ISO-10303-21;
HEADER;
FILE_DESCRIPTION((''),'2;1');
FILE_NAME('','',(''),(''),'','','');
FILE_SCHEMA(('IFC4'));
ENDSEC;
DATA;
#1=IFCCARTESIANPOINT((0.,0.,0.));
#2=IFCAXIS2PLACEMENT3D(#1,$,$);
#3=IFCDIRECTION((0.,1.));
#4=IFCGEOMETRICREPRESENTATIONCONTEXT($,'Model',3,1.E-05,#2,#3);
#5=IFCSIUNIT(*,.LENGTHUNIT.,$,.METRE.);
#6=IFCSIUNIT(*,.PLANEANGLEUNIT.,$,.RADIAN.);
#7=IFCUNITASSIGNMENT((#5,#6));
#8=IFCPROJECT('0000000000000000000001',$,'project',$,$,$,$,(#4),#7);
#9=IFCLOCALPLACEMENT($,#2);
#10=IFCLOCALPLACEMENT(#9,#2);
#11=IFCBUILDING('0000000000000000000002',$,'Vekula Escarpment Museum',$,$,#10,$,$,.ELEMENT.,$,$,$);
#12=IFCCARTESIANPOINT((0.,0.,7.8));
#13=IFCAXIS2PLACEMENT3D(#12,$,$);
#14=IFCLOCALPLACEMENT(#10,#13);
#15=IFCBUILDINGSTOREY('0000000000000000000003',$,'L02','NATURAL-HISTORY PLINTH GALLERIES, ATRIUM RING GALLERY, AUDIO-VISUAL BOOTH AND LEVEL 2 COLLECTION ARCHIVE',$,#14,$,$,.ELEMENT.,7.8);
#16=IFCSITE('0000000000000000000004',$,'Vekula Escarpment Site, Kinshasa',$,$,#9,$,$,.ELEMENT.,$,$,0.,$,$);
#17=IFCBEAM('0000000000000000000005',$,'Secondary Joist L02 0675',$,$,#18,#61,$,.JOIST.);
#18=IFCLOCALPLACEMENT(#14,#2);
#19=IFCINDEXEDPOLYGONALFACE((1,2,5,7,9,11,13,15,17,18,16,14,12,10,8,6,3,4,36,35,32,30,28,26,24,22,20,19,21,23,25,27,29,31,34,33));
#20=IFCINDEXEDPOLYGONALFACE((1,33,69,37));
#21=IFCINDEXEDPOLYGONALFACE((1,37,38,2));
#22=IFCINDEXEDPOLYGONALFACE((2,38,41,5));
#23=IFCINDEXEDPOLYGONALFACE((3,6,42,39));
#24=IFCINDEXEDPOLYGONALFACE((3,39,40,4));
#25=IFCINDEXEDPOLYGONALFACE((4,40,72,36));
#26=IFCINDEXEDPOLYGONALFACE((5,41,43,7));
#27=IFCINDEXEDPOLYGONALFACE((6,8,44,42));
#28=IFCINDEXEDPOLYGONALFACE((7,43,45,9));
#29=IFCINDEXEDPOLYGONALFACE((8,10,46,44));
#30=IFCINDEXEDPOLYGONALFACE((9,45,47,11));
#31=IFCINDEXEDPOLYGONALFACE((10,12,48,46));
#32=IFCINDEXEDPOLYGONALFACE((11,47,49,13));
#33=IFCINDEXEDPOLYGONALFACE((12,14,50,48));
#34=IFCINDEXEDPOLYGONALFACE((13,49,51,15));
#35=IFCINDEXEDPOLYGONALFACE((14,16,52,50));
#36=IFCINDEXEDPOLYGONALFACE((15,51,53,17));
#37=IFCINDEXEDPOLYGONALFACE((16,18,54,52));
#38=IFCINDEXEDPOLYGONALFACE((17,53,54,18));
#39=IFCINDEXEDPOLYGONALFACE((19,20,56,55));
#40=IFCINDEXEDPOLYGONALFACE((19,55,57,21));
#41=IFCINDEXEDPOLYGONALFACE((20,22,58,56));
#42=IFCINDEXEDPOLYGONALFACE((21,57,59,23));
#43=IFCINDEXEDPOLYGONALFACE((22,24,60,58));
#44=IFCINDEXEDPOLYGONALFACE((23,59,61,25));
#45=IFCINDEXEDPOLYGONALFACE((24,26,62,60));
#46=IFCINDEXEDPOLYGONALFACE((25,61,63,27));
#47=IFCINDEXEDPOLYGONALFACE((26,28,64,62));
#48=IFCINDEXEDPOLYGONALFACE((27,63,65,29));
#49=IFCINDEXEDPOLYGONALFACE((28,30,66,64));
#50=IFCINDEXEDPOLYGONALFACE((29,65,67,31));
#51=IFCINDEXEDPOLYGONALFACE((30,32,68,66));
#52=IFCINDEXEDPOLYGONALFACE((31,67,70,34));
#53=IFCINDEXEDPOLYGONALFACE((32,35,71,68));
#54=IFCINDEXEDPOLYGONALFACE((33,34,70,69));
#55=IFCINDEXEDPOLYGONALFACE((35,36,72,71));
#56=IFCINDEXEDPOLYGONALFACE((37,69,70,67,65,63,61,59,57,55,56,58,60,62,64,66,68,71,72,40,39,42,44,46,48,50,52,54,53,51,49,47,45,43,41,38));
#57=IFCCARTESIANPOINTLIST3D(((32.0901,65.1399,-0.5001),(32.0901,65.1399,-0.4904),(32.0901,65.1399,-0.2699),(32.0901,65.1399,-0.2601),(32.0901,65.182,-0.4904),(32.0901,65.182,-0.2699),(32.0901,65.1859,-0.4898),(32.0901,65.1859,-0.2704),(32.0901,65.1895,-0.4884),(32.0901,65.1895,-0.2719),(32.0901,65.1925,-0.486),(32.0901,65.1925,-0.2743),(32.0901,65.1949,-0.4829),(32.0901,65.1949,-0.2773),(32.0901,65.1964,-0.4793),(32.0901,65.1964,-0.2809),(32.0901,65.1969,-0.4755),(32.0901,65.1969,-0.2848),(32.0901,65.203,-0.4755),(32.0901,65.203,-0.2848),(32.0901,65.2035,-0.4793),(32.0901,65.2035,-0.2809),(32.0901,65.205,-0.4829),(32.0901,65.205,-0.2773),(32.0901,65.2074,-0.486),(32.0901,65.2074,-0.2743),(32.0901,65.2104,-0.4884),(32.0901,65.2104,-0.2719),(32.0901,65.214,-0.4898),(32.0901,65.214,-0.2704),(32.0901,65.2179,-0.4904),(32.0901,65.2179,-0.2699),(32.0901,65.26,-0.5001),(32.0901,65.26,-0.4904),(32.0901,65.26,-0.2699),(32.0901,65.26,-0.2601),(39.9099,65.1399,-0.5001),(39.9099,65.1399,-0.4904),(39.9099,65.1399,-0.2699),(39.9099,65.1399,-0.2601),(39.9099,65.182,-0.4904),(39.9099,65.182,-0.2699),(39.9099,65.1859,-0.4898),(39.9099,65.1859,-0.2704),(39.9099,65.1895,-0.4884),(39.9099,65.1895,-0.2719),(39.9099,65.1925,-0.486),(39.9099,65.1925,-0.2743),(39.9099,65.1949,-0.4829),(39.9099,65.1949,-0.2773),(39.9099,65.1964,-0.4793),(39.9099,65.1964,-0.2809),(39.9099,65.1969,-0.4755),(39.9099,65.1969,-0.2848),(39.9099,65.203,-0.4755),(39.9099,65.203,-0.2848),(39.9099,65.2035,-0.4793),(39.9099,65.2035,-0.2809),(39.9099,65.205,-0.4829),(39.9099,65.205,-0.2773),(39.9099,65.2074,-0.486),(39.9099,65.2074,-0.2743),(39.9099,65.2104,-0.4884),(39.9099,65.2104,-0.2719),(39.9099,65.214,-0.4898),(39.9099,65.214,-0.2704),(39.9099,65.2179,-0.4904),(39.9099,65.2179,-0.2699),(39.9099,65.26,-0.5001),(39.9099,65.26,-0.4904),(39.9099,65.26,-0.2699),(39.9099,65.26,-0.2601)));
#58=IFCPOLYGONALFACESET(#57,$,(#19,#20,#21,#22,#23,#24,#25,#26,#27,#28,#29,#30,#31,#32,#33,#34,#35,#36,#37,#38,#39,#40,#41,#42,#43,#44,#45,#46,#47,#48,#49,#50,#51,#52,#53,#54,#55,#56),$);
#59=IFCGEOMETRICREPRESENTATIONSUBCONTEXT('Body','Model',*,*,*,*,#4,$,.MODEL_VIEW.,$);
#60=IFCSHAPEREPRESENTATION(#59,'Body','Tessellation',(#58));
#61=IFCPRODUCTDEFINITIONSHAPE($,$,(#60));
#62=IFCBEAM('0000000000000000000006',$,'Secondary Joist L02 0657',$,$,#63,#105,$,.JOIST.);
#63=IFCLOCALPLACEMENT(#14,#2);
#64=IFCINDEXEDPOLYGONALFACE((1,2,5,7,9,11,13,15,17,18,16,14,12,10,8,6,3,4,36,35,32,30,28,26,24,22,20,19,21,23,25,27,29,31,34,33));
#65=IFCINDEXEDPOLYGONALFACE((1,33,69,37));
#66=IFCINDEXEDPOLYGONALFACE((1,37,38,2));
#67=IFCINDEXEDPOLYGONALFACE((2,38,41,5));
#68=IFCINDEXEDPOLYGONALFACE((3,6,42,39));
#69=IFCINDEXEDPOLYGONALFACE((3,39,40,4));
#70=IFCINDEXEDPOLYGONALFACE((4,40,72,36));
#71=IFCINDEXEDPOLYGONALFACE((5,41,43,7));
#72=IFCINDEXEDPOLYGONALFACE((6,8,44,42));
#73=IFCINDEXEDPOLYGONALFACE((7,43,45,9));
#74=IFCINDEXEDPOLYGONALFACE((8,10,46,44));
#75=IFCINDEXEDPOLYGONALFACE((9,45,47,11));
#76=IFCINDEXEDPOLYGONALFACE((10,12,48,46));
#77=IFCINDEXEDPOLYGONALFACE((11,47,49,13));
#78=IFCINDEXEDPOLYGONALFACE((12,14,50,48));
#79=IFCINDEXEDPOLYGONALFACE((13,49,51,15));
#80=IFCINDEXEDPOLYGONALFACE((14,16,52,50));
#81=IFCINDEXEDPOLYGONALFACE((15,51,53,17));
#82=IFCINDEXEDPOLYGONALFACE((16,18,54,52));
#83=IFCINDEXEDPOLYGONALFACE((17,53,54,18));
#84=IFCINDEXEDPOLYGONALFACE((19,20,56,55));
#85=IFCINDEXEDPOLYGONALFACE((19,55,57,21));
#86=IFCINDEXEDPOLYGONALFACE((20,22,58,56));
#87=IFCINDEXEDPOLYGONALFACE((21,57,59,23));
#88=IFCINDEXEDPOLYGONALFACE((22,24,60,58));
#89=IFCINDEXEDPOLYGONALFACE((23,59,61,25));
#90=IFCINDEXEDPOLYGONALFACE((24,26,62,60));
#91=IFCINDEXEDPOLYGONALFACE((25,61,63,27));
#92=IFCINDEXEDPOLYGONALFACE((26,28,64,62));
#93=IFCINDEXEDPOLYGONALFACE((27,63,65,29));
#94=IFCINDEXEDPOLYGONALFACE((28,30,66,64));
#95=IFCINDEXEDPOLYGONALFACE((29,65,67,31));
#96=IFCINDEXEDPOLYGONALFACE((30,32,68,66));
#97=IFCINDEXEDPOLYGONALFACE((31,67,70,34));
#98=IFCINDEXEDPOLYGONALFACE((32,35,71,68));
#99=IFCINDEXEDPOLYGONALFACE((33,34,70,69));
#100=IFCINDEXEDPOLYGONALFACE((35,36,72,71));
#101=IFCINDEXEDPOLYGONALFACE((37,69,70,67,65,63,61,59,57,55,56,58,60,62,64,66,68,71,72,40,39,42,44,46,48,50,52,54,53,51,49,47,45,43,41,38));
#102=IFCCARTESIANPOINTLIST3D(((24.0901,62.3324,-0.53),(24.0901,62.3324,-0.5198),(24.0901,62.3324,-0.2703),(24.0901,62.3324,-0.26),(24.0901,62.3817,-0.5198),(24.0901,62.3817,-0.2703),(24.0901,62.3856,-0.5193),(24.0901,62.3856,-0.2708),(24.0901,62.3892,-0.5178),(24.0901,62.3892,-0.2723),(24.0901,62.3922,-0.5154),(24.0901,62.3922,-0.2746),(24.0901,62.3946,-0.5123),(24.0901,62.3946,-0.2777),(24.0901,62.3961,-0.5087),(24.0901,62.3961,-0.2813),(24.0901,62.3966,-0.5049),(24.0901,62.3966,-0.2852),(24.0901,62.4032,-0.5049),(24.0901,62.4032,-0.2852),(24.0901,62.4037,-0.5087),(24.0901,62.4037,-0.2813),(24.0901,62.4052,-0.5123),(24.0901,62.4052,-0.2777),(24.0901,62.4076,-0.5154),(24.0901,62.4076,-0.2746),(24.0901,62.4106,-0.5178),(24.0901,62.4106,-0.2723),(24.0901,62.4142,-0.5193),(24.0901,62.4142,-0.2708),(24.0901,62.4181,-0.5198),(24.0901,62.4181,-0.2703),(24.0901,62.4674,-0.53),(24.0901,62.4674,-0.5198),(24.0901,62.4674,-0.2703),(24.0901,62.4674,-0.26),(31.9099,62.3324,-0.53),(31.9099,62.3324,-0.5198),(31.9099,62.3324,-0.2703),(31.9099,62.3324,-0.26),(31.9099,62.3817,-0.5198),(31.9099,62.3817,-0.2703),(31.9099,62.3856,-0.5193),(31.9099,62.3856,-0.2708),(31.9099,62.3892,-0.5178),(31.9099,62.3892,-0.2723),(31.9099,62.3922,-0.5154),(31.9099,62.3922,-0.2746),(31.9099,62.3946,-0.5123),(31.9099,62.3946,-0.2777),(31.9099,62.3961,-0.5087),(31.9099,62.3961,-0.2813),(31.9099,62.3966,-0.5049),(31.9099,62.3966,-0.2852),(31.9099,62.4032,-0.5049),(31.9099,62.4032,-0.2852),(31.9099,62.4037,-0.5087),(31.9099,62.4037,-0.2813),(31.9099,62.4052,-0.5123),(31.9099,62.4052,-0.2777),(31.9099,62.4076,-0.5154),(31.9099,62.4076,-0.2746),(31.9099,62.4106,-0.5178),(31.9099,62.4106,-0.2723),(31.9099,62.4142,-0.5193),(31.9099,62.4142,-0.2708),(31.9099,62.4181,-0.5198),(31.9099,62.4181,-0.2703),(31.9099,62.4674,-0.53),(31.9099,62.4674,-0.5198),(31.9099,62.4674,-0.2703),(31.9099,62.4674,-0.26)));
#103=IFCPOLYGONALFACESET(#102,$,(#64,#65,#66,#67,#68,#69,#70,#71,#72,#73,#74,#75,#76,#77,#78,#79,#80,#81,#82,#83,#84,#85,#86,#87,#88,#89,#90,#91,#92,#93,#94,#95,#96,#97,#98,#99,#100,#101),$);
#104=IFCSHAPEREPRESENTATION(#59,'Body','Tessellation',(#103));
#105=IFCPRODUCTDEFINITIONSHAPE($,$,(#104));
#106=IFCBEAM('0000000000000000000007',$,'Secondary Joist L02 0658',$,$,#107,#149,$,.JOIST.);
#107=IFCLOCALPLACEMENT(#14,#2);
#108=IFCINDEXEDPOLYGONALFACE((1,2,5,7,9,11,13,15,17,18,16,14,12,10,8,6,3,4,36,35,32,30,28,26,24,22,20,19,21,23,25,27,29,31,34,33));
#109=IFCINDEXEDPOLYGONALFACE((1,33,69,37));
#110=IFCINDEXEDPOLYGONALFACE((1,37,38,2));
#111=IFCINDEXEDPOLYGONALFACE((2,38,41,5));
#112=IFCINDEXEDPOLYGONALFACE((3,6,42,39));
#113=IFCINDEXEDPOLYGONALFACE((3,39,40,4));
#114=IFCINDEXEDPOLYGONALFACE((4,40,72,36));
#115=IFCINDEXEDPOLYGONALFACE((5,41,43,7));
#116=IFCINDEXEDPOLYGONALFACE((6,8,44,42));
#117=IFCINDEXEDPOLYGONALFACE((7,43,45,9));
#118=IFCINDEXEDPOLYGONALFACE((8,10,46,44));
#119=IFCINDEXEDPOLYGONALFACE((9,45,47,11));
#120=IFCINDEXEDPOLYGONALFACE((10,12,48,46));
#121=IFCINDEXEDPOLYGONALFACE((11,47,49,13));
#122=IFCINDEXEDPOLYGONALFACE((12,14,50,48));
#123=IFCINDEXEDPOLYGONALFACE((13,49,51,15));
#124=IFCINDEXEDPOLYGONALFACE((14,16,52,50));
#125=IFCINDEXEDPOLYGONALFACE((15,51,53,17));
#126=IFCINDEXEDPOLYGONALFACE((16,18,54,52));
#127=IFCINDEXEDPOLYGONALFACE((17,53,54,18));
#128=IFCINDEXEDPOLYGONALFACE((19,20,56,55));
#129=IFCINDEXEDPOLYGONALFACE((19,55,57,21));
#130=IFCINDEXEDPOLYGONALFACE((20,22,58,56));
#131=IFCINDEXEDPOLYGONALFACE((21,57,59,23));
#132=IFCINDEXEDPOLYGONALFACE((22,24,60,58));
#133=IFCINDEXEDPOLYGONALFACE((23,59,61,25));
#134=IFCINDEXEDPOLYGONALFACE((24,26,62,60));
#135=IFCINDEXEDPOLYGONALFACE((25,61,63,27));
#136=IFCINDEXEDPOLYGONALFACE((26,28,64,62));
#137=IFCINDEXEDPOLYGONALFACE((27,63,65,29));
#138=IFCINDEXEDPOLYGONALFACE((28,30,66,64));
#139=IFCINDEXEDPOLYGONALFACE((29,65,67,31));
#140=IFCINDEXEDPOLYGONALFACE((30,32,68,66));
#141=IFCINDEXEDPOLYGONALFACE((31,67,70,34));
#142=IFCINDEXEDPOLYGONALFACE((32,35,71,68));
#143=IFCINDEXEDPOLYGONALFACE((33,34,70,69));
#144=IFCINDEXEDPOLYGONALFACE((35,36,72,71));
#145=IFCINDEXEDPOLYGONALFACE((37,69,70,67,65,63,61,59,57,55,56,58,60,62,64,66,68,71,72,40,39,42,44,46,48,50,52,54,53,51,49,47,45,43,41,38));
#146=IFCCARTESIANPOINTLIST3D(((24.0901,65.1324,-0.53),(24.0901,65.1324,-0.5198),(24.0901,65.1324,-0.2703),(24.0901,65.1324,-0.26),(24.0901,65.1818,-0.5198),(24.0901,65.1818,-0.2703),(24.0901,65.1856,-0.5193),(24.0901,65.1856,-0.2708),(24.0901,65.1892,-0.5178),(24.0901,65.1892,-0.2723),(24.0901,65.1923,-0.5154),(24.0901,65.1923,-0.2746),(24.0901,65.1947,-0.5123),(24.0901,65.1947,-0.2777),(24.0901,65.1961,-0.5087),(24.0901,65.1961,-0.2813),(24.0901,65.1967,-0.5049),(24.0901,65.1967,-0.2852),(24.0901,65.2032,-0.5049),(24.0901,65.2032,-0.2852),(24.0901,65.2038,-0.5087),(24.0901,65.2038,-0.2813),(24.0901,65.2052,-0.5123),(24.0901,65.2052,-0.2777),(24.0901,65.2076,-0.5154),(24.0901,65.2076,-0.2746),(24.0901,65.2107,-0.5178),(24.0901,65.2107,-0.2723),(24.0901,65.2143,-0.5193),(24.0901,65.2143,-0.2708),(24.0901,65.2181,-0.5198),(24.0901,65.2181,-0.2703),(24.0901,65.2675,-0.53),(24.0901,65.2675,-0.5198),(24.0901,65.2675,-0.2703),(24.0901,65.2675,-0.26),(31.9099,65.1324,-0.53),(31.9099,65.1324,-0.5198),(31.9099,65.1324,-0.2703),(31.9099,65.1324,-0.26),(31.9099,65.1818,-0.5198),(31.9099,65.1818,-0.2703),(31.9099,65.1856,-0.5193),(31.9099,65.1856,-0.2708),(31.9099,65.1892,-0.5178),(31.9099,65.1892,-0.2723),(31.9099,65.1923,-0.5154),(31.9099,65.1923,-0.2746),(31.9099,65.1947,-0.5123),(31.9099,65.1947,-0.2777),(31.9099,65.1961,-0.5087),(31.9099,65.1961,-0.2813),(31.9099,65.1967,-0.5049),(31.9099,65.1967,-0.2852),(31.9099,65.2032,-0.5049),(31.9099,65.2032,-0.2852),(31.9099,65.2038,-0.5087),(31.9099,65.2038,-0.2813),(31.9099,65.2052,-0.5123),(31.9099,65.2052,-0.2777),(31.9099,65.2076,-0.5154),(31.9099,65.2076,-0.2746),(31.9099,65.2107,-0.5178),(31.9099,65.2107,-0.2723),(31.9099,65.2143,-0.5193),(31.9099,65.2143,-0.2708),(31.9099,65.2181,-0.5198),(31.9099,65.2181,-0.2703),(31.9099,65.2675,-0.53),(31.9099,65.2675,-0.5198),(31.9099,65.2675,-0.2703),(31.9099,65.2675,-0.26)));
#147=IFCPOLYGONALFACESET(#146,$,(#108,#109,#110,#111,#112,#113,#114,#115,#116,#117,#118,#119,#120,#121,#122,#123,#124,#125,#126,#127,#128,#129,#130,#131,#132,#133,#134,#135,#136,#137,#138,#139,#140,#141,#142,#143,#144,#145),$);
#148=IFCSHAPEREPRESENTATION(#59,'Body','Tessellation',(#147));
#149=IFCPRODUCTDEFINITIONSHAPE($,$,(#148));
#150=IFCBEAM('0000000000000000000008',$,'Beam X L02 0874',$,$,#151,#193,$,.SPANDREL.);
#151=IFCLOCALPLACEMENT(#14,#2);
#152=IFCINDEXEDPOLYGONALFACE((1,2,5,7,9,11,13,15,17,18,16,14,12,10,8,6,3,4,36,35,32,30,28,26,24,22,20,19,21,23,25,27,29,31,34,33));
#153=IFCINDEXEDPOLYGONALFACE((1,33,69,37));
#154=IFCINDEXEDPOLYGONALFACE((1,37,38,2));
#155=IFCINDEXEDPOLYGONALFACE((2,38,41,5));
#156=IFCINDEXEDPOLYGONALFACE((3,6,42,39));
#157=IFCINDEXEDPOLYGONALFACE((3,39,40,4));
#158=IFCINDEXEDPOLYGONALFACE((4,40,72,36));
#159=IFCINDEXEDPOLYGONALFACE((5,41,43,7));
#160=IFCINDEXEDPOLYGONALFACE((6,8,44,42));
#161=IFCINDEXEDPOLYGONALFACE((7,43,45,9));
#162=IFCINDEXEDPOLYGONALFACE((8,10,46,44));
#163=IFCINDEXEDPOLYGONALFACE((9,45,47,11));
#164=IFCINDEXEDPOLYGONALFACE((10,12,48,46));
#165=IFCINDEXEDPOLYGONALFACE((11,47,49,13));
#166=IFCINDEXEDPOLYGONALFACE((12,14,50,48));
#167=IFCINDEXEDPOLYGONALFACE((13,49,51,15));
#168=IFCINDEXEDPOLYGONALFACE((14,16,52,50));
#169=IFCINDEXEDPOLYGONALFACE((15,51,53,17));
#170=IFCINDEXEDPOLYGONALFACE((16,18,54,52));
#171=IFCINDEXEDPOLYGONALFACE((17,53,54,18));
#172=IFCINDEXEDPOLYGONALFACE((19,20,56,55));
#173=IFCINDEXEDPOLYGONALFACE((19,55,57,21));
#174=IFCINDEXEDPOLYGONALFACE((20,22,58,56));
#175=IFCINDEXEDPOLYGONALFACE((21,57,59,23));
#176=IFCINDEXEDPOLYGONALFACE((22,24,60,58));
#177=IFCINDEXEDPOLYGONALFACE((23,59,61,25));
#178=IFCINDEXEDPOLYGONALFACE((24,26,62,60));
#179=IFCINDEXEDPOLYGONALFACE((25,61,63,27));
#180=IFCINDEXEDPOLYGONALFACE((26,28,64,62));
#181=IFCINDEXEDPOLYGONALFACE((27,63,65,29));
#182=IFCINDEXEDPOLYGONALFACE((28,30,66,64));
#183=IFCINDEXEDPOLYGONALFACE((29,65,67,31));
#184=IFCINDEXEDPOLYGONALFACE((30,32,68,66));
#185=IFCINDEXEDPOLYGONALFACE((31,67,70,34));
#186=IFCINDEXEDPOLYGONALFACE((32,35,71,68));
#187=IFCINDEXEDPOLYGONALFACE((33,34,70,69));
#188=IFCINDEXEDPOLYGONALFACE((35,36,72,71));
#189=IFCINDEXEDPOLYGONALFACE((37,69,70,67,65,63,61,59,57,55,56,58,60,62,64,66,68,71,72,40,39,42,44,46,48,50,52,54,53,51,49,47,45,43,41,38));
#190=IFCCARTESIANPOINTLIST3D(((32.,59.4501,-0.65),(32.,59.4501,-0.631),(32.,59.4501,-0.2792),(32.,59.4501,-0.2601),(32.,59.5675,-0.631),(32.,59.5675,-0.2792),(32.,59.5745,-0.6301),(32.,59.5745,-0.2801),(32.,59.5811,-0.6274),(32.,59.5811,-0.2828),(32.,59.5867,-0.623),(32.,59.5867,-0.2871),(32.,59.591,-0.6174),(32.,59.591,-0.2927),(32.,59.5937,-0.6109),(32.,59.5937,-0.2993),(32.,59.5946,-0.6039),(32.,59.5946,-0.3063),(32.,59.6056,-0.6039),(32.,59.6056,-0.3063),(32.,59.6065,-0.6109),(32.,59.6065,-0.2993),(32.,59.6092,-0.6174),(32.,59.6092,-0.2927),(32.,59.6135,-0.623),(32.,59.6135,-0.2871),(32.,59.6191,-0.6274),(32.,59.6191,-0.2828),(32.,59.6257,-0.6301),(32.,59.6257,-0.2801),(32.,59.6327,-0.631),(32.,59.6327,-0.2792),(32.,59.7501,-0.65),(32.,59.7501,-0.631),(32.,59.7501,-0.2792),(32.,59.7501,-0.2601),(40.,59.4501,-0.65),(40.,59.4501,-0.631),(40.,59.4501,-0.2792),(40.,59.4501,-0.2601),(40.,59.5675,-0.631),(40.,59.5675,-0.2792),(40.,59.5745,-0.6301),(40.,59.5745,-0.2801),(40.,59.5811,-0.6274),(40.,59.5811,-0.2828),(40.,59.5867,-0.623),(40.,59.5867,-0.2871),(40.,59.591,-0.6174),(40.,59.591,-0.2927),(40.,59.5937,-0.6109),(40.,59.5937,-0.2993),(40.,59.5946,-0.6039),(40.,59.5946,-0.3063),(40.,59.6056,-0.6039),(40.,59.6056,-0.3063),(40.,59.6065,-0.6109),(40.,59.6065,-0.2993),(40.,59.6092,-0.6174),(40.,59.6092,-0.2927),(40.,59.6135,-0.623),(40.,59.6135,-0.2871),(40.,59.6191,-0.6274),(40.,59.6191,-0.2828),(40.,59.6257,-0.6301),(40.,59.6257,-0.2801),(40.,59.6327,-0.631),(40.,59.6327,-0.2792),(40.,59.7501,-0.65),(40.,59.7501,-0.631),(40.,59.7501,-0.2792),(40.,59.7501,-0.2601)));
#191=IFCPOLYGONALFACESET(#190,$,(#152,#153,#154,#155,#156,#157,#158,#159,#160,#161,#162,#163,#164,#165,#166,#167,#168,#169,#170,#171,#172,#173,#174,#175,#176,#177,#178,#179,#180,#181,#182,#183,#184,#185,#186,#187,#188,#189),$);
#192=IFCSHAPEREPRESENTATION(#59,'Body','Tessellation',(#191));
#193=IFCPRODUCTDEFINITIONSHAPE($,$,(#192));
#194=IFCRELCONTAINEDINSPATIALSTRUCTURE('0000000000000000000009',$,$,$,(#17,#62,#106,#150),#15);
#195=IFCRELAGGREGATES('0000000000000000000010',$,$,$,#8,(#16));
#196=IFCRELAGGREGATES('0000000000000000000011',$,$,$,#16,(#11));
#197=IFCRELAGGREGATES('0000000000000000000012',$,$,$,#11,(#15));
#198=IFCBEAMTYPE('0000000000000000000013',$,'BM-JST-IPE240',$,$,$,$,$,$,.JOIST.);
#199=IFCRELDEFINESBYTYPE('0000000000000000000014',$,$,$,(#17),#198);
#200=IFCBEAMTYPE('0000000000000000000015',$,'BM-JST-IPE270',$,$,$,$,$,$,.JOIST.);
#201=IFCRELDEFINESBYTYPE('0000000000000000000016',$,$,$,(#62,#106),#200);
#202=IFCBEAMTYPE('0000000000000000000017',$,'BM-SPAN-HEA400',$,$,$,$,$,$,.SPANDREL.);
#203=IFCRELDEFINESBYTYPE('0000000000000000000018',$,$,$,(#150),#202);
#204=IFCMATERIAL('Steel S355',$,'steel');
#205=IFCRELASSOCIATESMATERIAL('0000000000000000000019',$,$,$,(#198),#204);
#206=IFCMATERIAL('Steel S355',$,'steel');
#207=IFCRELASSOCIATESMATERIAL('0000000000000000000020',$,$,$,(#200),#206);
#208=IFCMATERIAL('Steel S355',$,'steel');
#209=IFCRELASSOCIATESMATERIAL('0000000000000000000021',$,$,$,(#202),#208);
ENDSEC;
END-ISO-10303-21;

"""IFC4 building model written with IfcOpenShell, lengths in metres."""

from ifc_helpers import new_model, si_unit, direction, frame, origin, origin_2d, place, context, subcontext, project, spatial, i_section, extrude, material, material_profile, profile_set, type_object, element, save


model = new_model("IFC4")

# Units and contexts
model_context = context("Model", 3, precision=1e-05, world=origin(), true_north=direction((0.0, 1.0)))
body_context = subcontext(model_context, "Body", "Model", "MODEL_VIEW")
ifc_project = project(units=[si_unit("LENGTHUNIT", "METRE"), si_unit("PLANEANGLEUNIT", "RADIAN")], contexts=[model_context])

# Site, building, storey
site_placement = place(None, origin())
site = spatial("IfcSite", under=ifc_project, at=site_placement, Name="Vekula Escarpment Site, Kinshasa", CompositionType="ELEMENT", RefElevation=0.0)
building_placement = place(site_placement, origin())
building = spatial("IfcBuilding", under=site, at=building_placement, Name="Vekula Escarpment Museum", CompositionType="ELEMENT")
storey_placement = place(building_placement, frame((0.0, 0.0, 7.8)))
storey = spatial("IfcBuildingStorey", under=building, at=storey_placement, Name="L02", Description="NATURAL-HISTORY PLINTH GALLERIES, ATRIUM RING GALLERY, AUDIO-VISUAL BOOTH AND LEVEL 2 COLLECTION ARCHIVE", CompositionType="ELEMENT", Elevation=7.8)

# Beams
ifc_material_1 = material(Name="Steel S355", Category="steel")
ifc_material_profile_1 = material_profile(ifc_material_1, i_section(OverallWidth=0.1201, OverallDepth=0.24, WebThickness=0.0061, FlangeThickness=0.0098, FilletRadius=0.0149, at=origin_2d()), Name="IPE 240")
ifc_profile_set_1 = profile_set([ifc_material_profile_1], Name="Steel S355")
beam_type_1 = type_object("IfcBeamType", Name="BM-JST-IPE240", PredefinedType="JOIST", material=ifc_profile_set_1)
for number, where, z_axis, x_axis, name in (
    (1, (32.0901, 65.2, -0.3801), (1.0, 0.0, 0.0), (0.0, 1.0, 0.0), "Secondary Joist L02 0675"),
):
    element("IfcBeam", number, at=place(storey_placement, frame(where, z_axis=z_axis, x_axis=x_axis)), inside=storey, type_object=beam_type_1, Name=name, PredefinedType="JOIST", context=body_context, shape_type="SweptSolid", body=[
        extrude(i_section(OverallWidth=0.1201, OverallDepth=0.24, WebThickness=0.0061, FlangeThickness=0.0098, FilletRadius=0.0149, at=origin_2d()), origin(), (0.0, 0.0, 1.0), 7.8198),
    ])
ifc_material_2 = material(Name="Steel S355", Category="steel")
ifc_material_profile_2 = material_profile(ifc_material_2, i_section(OverallWidth=0.135, OverallDepth=0.27, WebThickness=0.0066, FlangeThickness=0.0103, FilletRadius=0.0149, at=origin_2d()), Name="IPE 270")
ifc_profile_set_2 = profile_set([ifc_material_profile_2], Name="Steel S355")
beam_type_2 = type_object("IfcBeamType", Name="BM-JST-IPE270", PredefinedType="JOIST", material=ifc_profile_set_2)
for number, where, z_axis, x_axis, name in (
    (2, (24.0901, 62.3999, -0.395), (1.0, 0.0, 0.0), (0.0, 1.0, 0.0), "Secondary Joist L02 0657"),
    (3, (24.0901, 65.2, -0.395), (1.0, 0.0, 0.0), (0.0, 1.0, 0.0), "Secondary Joist L02 0658"),
):
    element("IfcBeam", number, at=place(storey_placement, frame(where, z_axis=z_axis, x_axis=x_axis)), inside=storey, type_object=beam_type_2, Name=name, PredefinedType="JOIST", context=body_context, shape_type="SweptSolid", body=[
        extrude(i_section(OverallWidth=0.135, OverallDepth=0.27, WebThickness=0.0066, FlangeThickness=0.0103, FilletRadius=0.0149, at=origin_2d()), origin(), (0.0, 0.0, 1.0), 7.8198),
    ])
ifc_material_3 = material(Name="Steel S355", Category="steel")
ifc_material_profile_3 = material_profile(ifc_material_3, i_section(OverallWidth=0.3, OverallDepth=0.3899, WebThickness=0.011, FlangeThickness=0.019, FilletRadius=0.0271, at=origin_2d()), Name="HEA 400")
ifc_profile_set_3 = profile_set([ifc_material_profile_3], Name="Steel S355")
beam_type_3 = type_object("IfcBeamType", Name="BM-SPAN-HEA400", PredefinedType="SPANDREL", material=ifc_profile_set_3)
beam_1_placement = place(storey_placement, frame((32.0, 59.6001, -0.4551), z_axis=(1.0, 0.0, 0.0), x_axis=(0.0, 1.0, 0.0)))
element("IfcBeam", 4, at=beam_1_placement, inside=storey, type_object=beam_type_3, Name="Beam X L02 0874", PredefinedType="SPANDREL", context=body_context, shape_type="SweptSolid", body=[
    extrude(i_section(OverallWidth=0.3, OverallDepth=0.3899, WebThickness=0.011, FlangeThickness=0.019, FilletRadius=0.0271, at=origin_2d()), origin(), (0.0, 0.0, 1.0), 8.0),
])

save(model, "model.ifc")
